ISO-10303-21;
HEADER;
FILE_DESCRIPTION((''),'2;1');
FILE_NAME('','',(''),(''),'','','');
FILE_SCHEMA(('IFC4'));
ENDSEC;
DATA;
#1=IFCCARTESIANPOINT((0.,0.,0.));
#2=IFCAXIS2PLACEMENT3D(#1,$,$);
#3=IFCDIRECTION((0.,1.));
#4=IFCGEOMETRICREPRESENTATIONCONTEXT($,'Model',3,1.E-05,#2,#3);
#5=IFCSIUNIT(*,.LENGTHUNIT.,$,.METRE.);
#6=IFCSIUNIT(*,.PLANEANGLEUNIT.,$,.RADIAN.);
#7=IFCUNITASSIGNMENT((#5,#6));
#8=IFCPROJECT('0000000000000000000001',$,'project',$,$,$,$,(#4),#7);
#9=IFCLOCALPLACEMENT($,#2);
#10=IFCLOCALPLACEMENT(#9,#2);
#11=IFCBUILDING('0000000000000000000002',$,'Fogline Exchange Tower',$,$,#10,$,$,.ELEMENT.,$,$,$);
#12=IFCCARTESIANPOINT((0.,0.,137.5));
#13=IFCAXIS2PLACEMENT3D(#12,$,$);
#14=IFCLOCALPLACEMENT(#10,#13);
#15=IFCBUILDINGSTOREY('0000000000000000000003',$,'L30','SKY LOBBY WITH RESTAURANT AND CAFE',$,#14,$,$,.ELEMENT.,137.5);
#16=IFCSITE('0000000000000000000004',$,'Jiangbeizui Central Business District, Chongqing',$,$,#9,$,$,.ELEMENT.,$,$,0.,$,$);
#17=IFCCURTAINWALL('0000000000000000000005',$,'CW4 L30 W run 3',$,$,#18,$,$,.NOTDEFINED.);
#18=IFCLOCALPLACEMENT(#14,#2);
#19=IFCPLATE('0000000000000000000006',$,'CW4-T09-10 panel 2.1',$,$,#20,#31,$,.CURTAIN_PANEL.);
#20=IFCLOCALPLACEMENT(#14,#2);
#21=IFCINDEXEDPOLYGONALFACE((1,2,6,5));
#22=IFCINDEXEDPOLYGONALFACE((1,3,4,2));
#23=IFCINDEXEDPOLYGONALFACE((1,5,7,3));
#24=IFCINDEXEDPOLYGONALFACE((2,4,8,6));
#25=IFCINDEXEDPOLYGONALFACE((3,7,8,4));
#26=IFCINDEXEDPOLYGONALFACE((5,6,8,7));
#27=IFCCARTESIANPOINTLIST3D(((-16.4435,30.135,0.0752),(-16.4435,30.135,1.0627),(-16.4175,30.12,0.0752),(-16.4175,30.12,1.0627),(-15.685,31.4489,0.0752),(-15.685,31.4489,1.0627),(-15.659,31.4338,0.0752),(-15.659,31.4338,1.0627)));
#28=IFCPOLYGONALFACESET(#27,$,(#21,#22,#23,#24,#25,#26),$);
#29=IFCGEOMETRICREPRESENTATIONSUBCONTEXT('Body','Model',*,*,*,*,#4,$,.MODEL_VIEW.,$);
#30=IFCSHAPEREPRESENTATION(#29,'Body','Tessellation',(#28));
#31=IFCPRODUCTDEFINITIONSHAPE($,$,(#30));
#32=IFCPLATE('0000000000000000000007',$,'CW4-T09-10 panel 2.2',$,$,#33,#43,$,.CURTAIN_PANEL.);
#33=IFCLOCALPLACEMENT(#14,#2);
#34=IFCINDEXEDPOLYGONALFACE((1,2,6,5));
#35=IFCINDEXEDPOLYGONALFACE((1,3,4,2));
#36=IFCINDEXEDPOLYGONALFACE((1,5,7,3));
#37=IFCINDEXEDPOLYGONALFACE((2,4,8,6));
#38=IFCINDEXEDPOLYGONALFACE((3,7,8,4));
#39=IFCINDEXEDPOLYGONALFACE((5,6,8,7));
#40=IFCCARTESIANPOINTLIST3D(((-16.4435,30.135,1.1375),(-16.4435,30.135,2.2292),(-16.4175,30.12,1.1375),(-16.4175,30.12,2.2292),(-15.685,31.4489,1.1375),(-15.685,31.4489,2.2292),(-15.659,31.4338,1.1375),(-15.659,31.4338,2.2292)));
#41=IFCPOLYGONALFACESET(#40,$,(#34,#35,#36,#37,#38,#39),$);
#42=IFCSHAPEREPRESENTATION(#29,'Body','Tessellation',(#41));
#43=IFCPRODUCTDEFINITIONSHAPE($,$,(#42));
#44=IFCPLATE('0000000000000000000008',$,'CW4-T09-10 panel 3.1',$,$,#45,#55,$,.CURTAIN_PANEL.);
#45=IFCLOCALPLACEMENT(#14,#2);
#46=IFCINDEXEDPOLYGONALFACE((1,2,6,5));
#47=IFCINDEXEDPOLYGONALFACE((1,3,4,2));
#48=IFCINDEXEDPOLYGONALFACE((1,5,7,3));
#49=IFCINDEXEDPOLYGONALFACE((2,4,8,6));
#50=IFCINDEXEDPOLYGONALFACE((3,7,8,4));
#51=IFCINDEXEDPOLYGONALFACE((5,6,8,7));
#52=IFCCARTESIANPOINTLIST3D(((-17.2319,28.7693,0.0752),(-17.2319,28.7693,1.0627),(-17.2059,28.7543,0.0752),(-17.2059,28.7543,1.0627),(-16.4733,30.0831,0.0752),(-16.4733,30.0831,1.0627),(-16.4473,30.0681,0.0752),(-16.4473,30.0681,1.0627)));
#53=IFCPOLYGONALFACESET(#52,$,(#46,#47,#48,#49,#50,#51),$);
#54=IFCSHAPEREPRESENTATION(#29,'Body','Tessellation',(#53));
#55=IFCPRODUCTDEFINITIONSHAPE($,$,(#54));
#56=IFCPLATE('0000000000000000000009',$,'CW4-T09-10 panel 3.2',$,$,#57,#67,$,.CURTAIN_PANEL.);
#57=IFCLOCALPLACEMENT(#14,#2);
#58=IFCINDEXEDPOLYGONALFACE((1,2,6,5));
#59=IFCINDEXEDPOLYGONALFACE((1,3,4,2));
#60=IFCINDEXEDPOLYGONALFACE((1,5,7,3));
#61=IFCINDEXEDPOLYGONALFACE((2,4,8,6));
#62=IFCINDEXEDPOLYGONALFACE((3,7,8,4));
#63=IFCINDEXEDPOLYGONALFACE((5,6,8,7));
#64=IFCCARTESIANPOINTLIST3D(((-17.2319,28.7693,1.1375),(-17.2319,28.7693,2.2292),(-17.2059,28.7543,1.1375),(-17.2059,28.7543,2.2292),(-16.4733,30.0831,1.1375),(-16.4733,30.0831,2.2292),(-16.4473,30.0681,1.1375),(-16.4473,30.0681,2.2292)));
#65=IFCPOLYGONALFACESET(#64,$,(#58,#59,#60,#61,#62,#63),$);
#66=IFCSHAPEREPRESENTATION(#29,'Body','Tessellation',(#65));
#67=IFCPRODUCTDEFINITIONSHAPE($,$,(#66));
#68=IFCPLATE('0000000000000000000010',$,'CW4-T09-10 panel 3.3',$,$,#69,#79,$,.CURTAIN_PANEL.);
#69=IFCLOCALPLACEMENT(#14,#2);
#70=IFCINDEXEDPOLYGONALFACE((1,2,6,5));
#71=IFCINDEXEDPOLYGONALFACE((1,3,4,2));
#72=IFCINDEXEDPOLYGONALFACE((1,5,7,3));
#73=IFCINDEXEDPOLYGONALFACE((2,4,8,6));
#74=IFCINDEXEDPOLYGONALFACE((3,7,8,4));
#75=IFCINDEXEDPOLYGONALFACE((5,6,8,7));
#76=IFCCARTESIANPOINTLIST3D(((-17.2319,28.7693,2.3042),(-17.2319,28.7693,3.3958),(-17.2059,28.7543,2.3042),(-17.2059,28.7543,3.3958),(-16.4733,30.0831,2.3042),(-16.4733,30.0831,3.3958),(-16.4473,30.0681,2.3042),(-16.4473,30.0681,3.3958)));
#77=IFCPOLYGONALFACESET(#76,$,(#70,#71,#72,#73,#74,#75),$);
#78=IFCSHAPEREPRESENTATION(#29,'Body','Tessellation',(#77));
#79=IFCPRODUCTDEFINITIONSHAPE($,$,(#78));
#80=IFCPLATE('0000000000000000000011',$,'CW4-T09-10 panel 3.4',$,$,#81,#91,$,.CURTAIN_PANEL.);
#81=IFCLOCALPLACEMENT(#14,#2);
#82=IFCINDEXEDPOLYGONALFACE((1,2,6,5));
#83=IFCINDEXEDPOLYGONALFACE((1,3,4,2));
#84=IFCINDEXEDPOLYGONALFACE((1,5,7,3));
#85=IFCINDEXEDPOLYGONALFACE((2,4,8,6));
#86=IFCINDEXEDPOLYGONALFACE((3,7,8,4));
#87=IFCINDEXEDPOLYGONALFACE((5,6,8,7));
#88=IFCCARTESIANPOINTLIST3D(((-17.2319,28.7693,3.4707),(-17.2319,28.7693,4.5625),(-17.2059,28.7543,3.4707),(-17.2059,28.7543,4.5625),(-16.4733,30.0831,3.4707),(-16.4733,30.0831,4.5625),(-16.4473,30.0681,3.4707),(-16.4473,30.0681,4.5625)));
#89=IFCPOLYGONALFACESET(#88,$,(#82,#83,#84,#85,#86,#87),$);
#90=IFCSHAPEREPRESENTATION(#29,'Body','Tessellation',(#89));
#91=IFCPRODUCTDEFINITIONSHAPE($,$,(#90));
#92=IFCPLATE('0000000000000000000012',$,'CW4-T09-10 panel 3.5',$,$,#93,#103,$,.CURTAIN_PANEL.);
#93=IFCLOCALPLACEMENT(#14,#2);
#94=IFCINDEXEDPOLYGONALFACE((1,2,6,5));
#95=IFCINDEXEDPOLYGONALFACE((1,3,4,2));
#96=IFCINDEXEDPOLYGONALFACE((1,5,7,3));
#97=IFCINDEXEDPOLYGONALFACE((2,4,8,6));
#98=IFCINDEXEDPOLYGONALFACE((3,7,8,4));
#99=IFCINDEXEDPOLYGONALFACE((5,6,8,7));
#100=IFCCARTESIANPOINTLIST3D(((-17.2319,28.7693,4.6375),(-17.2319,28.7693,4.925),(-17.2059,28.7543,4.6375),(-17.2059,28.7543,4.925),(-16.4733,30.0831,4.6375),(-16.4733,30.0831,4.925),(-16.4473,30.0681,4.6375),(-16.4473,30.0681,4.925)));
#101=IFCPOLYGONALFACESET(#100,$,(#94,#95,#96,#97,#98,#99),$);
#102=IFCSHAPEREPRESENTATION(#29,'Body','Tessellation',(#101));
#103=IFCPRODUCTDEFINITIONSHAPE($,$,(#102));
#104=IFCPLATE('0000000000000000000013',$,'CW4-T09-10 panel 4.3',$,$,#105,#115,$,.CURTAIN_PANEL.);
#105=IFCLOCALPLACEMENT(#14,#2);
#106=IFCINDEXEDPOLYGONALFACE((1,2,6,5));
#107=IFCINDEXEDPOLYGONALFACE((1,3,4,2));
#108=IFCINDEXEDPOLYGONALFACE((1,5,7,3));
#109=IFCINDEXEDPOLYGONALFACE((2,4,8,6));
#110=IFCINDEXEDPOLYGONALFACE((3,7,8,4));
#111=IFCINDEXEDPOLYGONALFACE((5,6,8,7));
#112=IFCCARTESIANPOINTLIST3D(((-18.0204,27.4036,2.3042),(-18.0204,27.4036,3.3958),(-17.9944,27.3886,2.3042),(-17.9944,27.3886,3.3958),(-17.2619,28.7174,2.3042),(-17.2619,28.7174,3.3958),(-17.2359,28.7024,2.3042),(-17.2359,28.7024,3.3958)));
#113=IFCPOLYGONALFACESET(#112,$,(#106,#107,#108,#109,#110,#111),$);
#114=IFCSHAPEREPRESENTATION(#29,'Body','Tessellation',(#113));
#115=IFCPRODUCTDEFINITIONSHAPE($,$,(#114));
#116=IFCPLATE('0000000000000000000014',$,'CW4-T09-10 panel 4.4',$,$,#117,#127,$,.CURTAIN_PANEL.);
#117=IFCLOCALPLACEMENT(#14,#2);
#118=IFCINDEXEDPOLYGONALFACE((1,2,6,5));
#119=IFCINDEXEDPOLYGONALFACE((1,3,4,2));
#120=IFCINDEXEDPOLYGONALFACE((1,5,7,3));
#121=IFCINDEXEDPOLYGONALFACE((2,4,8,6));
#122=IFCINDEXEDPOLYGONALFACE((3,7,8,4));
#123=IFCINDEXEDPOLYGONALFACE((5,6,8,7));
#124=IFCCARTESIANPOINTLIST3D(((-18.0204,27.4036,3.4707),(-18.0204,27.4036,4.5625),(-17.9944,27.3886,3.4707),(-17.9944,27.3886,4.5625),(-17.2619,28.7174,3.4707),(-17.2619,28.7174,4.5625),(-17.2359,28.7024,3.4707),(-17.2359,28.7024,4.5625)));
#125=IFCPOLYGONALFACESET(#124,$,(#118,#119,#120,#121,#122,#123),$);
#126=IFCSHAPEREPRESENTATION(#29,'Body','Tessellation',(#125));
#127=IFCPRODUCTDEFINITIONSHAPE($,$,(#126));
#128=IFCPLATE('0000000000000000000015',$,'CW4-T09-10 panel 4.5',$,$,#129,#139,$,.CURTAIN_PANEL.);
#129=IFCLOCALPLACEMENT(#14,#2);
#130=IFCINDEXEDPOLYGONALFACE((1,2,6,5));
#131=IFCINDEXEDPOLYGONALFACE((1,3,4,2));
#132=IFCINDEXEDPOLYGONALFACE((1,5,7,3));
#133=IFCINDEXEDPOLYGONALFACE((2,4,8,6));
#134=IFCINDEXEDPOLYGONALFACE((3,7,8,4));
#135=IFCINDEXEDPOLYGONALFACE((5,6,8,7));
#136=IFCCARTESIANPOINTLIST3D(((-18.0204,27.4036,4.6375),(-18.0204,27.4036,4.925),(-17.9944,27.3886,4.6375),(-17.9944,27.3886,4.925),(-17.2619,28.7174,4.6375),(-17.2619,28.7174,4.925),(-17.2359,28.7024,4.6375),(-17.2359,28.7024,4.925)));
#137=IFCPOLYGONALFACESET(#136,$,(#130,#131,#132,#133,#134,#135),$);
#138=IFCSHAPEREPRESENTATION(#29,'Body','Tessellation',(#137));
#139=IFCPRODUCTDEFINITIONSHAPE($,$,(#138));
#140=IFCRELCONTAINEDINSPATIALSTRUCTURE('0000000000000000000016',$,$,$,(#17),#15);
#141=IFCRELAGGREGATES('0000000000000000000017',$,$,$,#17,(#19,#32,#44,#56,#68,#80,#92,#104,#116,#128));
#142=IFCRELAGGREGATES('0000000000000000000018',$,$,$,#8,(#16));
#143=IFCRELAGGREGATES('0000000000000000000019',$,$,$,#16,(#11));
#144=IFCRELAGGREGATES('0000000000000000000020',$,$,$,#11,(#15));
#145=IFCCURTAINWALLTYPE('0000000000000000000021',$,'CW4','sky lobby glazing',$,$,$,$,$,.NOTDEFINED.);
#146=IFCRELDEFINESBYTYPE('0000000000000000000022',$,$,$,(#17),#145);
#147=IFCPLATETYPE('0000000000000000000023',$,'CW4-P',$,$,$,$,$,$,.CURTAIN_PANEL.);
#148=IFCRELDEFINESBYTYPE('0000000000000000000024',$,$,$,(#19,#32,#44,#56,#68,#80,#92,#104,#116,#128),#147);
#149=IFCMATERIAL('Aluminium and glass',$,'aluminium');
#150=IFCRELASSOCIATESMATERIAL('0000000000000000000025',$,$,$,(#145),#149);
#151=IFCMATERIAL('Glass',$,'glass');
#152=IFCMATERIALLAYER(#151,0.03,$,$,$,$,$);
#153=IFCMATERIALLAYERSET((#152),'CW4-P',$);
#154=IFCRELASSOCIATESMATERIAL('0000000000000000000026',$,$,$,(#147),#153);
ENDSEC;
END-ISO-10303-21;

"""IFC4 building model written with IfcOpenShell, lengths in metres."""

from ifc_helpers import new_model, si_unit, direction, frame, origin, origin_2d, place, context, subcontext, project, spatial, rectangle, extrude, material, layer, layer_set, type_object, element, aggregate, save


model = new_model("IFC4")

# Units and contexts
model_context = context("Model", 3, precision=1e-05, world=origin(), true_north=direction((0.0, 1.0)))
body_context = subcontext(model_context, "Body", "Model", "MODEL_VIEW")
ifc_project = project(units=[si_unit("LENGTHUNIT", "METRE"), si_unit("PLANEANGLEUNIT", "RADIAN")], contexts=[model_context])

# Site, building, storey
site_placement = place(None, origin())
site = spatial("IfcSite", under=ifc_project, at=site_placement, Name="Jiangbeizui Central Business District, Chongqing", CompositionType="ELEMENT", RefElevation=0.0)
building_placement = place(site_placement, origin())
building = spatial("IfcBuilding", under=site, at=building_placement, Name="Fogline Exchange Tower", CompositionType="ELEMENT")
storey_placement = place(building_placement, frame((0.0, 0.0, 137.5)))
storey = spatial("IfcBuildingStorey", under=building, at=storey_placement, Name="L30", Description="SKY LOBBY WITH RESTAURANT AND CAFE", CompositionType="ELEMENT", Elevation=137.5)

# Curtain wall, plates
ifc_material_1 = material(Name="Aluminium and glass", Category="aluminium")
curtain_wall_type = type_object("IfcCurtainWallType", Name="CW4", Description="sky lobby glazing", PredefinedType="NOTDEFINED", material=ifc_material_1)
curtain_wall_placement = place(storey_placement, origin())
curtain_wall = element("IfcCurtainWall", 1, at=curtain_wall_placement, inside=storey, type_object=curtain_wall_type, Name="CW4 L30 W run 3", PredefinedType="NOTDEFINED")
ifc_material_2 = material(Name="Glass", Category="glass")
ifc_layer = layer(ifc_material_2, 0.03)
ifc_layer_set = layer_set([ifc_layer], Name="CW4-P")
plate_type = type_object("IfcPlateType", Name="CW4-P", PredefinedType="CURTAIN_PANEL", material=ifc_layer_set)
plate_1_placement = place(storey_placement, frame((-16.0513, 30.7844, 0.0752), z_axis=(0.0, 0.0, 1.0), x_axis=(-0.5, -0.866025, 0.0)))
plate_1 = element("IfcPlate", 2, at=plate_1_placement, type_object=plate_type, Name="CW4-T09-10 panel 2.1", PredefinedType="CURTAIN_PANEL", context=body_context, shape_type="SweptSolid", body=[
    extrude(rectangle(XDim=1.5171, YDim=0.03, at=origin_2d()), origin(), (0.0, 0.0, 1.0), 0.9875),
])
plate_2_placement = place(storey_placement, frame((-16.0513, 30.7844, 1.1375), z_axis=(0.0, 0.0, 1.0), x_axis=(-0.5, -0.866025, 0.0)))
plate_2 = element("IfcPlate", 3, at=plate_2_placement, type_object=plate_type, Name="CW4-T09-10 panel 2.2", PredefinedType="CURTAIN_PANEL", context=body_context, shape_type="SweptSolid", body=[
    extrude(rectangle(XDim=1.5171, YDim=0.03, at=origin_2d()), origin(), (0.0, 0.0, 1.0), 1.0918),
])
plate_3_placement = place(storey_placement, frame((-16.8396, 29.4187, 0.0752), z_axis=(0.0, 0.0, 1.0), x_axis=(-0.5, -0.866025, 0.0)))
plate_3 = element("IfcPlate", 4, at=plate_3_placement, type_object=plate_type, Name="CW4-T09-10 panel 3.1", PredefinedType="CURTAIN_PANEL", context=body_context, shape_type="SweptSolid", body=[
    extrude(rectangle(XDim=1.5171, YDim=0.03, at=origin_2d()), origin(), (0.0, 0.0, 1.0), 0.9875),
])
plate_4_placement = place(storey_placement, frame((-16.8396, 29.4187, 1.1375), z_axis=(0.0, 0.0, 1.0), x_axis=(-0.5, -0.866025, 0.0)))
plate_4 = element("IfcPlate", 5, at=plate_4_placement, type_object=plate_type, Name="CW4-T09-10 panel 3.2", PredefinedType="CURTAIN_PANEL", context=body_context, shape_type="SweptSolid", body=[
    extrude(rectangle(XDim=1.5171, YDim=0.03, at=origin_2d()), origin(), (0.0, 0.0, 1.0), 1.0918),
])
plate_5_placement = place(storey_placement, frame((-16.8396, 29.4187, 2.3042), z_axis=(0.0, 0.0, 1.0), x_axis=(-0.5, -0.866025, 0.0)))
plate_5 = element("IfcPlate", 6, at=plate_5_placement, type_object=plate_type, Name="CW4-T09-10 panel 3.3", PredefinedType="CURTAIN_PANEL", context=body_context, shape_type="SweptSolid", body=[
    extrude(rectangle(XDim=1.5171, YDim=0.03, at=origin_2d()), origin(), (0.0, 0.0, 1.0), 1.0916),
])
plate_6_placement = place(storey_placement, frame((-16.8396, 29.4187, 3.4707), z_axis=(0.0, 0.0, 1.0), x_axis=(-0.5, -0.866025, 0.0)))
plate_6 = element("IfcPlate", 7, at=plate_6_placement, type_object=plate_type, Name="CW4-T09-10 panel 3.4", PredefinedType="CURTAIN_PANEL", context=body_context, shape_type="SweptSolid", body=[
    extrude(rectangle(XDim=1.5171, YDim=0.03, at=origin_2d()), origin(), (0.0, 0.0, 1.0), 1.0918),
])
plate_7_placement = place(storey_placement, frame((-16.8396, 29.4187, 4.6375), z_axis=(0.0, 0.0, 1.0), x_axis=(-0.5, -0.866025, 0.0)))
plate_7 = element("IfcPlate", 8, at=plate_7_placement, type_object=plate_type, Name="CW4-T09-10 panel 3.5", PredefinedType="CURTAIN_PANEL", context=body_context, shape_type="SweptSolid", body=[
    extrude(rectangle(XDim=1.5171, YDim=0.03, at=origin_2d()), origin(), (0.0, 0.0, 1.0), 0.2876),
])
plate_8_placement = place(storey_placement, frame((-17.6282, 28.053, 2.3042), z_axis=(0.0, 0.0, 1.0), x_axis=(-0.5, -0.866025, 0.0)))
plate_8 = element("IfcPlate", 9, at=plate_8_placement, type_object=plate_type, Name="CW4-T09-10 panel 4.3", PredefinedType="CURTAIN_PANEL", context=body_context, shape_type="SweptSolid", body=[
    extrude(rectangle(XDim=1.5171, YDim=0.03, at=origin_2d()), origin(), (0.0, 0.0, 1.0), 1.0916),
])
plate_9_placement = place(storey_placement, frame((-17.6282, 28.053, 3.4707), z_axis=(0.0, 0.0, 1.0), x_axis=(-0.5, -0.866025, 0.0)))
plate_9 = element("IfcPlate", 10, at=plate_9_placement, type_object=plate_type, Name="CW4-T09-10 panel 4.4", PredefinedType="CURTAIN_PANEL", context=body_context, shape_type="SweptSolid", body=[
    extrude(rectangle(XDim=1.5171, YDim=0.03, at=origin_2d()), origin(), (0.0, 0.0, 1.0), 1.0918),
])
plate_10_placement = place(storey_placement, frame((-17.6282, 28.053, 4.6375), z_axis=(0.0, 0.0, 1.0), x_axis=(-0.5, -0.866025, 0.0)))
plate_10 = element("IfcPlate", 11, at=plate_10_placement, type_object=plate_type, Name="CW4-T09-10 panel 4.5", PredefinedType="CURTAIN_PANEL", context=body_context, shape_type="SweptSolid", body=[
    extrude(rectangle(XDim=1.5171, YDim=0.03, at=origin_2d()), origin(), (0.0, 0.0, 1.0), 0.2876),
])
aggregate(curtain_wall, [plate_1, plate_2, plate_3, plate_4, plate_5, plate_6, plate_7, plate_8, plate_9, plate_10])

save(model, "model.ifc")
